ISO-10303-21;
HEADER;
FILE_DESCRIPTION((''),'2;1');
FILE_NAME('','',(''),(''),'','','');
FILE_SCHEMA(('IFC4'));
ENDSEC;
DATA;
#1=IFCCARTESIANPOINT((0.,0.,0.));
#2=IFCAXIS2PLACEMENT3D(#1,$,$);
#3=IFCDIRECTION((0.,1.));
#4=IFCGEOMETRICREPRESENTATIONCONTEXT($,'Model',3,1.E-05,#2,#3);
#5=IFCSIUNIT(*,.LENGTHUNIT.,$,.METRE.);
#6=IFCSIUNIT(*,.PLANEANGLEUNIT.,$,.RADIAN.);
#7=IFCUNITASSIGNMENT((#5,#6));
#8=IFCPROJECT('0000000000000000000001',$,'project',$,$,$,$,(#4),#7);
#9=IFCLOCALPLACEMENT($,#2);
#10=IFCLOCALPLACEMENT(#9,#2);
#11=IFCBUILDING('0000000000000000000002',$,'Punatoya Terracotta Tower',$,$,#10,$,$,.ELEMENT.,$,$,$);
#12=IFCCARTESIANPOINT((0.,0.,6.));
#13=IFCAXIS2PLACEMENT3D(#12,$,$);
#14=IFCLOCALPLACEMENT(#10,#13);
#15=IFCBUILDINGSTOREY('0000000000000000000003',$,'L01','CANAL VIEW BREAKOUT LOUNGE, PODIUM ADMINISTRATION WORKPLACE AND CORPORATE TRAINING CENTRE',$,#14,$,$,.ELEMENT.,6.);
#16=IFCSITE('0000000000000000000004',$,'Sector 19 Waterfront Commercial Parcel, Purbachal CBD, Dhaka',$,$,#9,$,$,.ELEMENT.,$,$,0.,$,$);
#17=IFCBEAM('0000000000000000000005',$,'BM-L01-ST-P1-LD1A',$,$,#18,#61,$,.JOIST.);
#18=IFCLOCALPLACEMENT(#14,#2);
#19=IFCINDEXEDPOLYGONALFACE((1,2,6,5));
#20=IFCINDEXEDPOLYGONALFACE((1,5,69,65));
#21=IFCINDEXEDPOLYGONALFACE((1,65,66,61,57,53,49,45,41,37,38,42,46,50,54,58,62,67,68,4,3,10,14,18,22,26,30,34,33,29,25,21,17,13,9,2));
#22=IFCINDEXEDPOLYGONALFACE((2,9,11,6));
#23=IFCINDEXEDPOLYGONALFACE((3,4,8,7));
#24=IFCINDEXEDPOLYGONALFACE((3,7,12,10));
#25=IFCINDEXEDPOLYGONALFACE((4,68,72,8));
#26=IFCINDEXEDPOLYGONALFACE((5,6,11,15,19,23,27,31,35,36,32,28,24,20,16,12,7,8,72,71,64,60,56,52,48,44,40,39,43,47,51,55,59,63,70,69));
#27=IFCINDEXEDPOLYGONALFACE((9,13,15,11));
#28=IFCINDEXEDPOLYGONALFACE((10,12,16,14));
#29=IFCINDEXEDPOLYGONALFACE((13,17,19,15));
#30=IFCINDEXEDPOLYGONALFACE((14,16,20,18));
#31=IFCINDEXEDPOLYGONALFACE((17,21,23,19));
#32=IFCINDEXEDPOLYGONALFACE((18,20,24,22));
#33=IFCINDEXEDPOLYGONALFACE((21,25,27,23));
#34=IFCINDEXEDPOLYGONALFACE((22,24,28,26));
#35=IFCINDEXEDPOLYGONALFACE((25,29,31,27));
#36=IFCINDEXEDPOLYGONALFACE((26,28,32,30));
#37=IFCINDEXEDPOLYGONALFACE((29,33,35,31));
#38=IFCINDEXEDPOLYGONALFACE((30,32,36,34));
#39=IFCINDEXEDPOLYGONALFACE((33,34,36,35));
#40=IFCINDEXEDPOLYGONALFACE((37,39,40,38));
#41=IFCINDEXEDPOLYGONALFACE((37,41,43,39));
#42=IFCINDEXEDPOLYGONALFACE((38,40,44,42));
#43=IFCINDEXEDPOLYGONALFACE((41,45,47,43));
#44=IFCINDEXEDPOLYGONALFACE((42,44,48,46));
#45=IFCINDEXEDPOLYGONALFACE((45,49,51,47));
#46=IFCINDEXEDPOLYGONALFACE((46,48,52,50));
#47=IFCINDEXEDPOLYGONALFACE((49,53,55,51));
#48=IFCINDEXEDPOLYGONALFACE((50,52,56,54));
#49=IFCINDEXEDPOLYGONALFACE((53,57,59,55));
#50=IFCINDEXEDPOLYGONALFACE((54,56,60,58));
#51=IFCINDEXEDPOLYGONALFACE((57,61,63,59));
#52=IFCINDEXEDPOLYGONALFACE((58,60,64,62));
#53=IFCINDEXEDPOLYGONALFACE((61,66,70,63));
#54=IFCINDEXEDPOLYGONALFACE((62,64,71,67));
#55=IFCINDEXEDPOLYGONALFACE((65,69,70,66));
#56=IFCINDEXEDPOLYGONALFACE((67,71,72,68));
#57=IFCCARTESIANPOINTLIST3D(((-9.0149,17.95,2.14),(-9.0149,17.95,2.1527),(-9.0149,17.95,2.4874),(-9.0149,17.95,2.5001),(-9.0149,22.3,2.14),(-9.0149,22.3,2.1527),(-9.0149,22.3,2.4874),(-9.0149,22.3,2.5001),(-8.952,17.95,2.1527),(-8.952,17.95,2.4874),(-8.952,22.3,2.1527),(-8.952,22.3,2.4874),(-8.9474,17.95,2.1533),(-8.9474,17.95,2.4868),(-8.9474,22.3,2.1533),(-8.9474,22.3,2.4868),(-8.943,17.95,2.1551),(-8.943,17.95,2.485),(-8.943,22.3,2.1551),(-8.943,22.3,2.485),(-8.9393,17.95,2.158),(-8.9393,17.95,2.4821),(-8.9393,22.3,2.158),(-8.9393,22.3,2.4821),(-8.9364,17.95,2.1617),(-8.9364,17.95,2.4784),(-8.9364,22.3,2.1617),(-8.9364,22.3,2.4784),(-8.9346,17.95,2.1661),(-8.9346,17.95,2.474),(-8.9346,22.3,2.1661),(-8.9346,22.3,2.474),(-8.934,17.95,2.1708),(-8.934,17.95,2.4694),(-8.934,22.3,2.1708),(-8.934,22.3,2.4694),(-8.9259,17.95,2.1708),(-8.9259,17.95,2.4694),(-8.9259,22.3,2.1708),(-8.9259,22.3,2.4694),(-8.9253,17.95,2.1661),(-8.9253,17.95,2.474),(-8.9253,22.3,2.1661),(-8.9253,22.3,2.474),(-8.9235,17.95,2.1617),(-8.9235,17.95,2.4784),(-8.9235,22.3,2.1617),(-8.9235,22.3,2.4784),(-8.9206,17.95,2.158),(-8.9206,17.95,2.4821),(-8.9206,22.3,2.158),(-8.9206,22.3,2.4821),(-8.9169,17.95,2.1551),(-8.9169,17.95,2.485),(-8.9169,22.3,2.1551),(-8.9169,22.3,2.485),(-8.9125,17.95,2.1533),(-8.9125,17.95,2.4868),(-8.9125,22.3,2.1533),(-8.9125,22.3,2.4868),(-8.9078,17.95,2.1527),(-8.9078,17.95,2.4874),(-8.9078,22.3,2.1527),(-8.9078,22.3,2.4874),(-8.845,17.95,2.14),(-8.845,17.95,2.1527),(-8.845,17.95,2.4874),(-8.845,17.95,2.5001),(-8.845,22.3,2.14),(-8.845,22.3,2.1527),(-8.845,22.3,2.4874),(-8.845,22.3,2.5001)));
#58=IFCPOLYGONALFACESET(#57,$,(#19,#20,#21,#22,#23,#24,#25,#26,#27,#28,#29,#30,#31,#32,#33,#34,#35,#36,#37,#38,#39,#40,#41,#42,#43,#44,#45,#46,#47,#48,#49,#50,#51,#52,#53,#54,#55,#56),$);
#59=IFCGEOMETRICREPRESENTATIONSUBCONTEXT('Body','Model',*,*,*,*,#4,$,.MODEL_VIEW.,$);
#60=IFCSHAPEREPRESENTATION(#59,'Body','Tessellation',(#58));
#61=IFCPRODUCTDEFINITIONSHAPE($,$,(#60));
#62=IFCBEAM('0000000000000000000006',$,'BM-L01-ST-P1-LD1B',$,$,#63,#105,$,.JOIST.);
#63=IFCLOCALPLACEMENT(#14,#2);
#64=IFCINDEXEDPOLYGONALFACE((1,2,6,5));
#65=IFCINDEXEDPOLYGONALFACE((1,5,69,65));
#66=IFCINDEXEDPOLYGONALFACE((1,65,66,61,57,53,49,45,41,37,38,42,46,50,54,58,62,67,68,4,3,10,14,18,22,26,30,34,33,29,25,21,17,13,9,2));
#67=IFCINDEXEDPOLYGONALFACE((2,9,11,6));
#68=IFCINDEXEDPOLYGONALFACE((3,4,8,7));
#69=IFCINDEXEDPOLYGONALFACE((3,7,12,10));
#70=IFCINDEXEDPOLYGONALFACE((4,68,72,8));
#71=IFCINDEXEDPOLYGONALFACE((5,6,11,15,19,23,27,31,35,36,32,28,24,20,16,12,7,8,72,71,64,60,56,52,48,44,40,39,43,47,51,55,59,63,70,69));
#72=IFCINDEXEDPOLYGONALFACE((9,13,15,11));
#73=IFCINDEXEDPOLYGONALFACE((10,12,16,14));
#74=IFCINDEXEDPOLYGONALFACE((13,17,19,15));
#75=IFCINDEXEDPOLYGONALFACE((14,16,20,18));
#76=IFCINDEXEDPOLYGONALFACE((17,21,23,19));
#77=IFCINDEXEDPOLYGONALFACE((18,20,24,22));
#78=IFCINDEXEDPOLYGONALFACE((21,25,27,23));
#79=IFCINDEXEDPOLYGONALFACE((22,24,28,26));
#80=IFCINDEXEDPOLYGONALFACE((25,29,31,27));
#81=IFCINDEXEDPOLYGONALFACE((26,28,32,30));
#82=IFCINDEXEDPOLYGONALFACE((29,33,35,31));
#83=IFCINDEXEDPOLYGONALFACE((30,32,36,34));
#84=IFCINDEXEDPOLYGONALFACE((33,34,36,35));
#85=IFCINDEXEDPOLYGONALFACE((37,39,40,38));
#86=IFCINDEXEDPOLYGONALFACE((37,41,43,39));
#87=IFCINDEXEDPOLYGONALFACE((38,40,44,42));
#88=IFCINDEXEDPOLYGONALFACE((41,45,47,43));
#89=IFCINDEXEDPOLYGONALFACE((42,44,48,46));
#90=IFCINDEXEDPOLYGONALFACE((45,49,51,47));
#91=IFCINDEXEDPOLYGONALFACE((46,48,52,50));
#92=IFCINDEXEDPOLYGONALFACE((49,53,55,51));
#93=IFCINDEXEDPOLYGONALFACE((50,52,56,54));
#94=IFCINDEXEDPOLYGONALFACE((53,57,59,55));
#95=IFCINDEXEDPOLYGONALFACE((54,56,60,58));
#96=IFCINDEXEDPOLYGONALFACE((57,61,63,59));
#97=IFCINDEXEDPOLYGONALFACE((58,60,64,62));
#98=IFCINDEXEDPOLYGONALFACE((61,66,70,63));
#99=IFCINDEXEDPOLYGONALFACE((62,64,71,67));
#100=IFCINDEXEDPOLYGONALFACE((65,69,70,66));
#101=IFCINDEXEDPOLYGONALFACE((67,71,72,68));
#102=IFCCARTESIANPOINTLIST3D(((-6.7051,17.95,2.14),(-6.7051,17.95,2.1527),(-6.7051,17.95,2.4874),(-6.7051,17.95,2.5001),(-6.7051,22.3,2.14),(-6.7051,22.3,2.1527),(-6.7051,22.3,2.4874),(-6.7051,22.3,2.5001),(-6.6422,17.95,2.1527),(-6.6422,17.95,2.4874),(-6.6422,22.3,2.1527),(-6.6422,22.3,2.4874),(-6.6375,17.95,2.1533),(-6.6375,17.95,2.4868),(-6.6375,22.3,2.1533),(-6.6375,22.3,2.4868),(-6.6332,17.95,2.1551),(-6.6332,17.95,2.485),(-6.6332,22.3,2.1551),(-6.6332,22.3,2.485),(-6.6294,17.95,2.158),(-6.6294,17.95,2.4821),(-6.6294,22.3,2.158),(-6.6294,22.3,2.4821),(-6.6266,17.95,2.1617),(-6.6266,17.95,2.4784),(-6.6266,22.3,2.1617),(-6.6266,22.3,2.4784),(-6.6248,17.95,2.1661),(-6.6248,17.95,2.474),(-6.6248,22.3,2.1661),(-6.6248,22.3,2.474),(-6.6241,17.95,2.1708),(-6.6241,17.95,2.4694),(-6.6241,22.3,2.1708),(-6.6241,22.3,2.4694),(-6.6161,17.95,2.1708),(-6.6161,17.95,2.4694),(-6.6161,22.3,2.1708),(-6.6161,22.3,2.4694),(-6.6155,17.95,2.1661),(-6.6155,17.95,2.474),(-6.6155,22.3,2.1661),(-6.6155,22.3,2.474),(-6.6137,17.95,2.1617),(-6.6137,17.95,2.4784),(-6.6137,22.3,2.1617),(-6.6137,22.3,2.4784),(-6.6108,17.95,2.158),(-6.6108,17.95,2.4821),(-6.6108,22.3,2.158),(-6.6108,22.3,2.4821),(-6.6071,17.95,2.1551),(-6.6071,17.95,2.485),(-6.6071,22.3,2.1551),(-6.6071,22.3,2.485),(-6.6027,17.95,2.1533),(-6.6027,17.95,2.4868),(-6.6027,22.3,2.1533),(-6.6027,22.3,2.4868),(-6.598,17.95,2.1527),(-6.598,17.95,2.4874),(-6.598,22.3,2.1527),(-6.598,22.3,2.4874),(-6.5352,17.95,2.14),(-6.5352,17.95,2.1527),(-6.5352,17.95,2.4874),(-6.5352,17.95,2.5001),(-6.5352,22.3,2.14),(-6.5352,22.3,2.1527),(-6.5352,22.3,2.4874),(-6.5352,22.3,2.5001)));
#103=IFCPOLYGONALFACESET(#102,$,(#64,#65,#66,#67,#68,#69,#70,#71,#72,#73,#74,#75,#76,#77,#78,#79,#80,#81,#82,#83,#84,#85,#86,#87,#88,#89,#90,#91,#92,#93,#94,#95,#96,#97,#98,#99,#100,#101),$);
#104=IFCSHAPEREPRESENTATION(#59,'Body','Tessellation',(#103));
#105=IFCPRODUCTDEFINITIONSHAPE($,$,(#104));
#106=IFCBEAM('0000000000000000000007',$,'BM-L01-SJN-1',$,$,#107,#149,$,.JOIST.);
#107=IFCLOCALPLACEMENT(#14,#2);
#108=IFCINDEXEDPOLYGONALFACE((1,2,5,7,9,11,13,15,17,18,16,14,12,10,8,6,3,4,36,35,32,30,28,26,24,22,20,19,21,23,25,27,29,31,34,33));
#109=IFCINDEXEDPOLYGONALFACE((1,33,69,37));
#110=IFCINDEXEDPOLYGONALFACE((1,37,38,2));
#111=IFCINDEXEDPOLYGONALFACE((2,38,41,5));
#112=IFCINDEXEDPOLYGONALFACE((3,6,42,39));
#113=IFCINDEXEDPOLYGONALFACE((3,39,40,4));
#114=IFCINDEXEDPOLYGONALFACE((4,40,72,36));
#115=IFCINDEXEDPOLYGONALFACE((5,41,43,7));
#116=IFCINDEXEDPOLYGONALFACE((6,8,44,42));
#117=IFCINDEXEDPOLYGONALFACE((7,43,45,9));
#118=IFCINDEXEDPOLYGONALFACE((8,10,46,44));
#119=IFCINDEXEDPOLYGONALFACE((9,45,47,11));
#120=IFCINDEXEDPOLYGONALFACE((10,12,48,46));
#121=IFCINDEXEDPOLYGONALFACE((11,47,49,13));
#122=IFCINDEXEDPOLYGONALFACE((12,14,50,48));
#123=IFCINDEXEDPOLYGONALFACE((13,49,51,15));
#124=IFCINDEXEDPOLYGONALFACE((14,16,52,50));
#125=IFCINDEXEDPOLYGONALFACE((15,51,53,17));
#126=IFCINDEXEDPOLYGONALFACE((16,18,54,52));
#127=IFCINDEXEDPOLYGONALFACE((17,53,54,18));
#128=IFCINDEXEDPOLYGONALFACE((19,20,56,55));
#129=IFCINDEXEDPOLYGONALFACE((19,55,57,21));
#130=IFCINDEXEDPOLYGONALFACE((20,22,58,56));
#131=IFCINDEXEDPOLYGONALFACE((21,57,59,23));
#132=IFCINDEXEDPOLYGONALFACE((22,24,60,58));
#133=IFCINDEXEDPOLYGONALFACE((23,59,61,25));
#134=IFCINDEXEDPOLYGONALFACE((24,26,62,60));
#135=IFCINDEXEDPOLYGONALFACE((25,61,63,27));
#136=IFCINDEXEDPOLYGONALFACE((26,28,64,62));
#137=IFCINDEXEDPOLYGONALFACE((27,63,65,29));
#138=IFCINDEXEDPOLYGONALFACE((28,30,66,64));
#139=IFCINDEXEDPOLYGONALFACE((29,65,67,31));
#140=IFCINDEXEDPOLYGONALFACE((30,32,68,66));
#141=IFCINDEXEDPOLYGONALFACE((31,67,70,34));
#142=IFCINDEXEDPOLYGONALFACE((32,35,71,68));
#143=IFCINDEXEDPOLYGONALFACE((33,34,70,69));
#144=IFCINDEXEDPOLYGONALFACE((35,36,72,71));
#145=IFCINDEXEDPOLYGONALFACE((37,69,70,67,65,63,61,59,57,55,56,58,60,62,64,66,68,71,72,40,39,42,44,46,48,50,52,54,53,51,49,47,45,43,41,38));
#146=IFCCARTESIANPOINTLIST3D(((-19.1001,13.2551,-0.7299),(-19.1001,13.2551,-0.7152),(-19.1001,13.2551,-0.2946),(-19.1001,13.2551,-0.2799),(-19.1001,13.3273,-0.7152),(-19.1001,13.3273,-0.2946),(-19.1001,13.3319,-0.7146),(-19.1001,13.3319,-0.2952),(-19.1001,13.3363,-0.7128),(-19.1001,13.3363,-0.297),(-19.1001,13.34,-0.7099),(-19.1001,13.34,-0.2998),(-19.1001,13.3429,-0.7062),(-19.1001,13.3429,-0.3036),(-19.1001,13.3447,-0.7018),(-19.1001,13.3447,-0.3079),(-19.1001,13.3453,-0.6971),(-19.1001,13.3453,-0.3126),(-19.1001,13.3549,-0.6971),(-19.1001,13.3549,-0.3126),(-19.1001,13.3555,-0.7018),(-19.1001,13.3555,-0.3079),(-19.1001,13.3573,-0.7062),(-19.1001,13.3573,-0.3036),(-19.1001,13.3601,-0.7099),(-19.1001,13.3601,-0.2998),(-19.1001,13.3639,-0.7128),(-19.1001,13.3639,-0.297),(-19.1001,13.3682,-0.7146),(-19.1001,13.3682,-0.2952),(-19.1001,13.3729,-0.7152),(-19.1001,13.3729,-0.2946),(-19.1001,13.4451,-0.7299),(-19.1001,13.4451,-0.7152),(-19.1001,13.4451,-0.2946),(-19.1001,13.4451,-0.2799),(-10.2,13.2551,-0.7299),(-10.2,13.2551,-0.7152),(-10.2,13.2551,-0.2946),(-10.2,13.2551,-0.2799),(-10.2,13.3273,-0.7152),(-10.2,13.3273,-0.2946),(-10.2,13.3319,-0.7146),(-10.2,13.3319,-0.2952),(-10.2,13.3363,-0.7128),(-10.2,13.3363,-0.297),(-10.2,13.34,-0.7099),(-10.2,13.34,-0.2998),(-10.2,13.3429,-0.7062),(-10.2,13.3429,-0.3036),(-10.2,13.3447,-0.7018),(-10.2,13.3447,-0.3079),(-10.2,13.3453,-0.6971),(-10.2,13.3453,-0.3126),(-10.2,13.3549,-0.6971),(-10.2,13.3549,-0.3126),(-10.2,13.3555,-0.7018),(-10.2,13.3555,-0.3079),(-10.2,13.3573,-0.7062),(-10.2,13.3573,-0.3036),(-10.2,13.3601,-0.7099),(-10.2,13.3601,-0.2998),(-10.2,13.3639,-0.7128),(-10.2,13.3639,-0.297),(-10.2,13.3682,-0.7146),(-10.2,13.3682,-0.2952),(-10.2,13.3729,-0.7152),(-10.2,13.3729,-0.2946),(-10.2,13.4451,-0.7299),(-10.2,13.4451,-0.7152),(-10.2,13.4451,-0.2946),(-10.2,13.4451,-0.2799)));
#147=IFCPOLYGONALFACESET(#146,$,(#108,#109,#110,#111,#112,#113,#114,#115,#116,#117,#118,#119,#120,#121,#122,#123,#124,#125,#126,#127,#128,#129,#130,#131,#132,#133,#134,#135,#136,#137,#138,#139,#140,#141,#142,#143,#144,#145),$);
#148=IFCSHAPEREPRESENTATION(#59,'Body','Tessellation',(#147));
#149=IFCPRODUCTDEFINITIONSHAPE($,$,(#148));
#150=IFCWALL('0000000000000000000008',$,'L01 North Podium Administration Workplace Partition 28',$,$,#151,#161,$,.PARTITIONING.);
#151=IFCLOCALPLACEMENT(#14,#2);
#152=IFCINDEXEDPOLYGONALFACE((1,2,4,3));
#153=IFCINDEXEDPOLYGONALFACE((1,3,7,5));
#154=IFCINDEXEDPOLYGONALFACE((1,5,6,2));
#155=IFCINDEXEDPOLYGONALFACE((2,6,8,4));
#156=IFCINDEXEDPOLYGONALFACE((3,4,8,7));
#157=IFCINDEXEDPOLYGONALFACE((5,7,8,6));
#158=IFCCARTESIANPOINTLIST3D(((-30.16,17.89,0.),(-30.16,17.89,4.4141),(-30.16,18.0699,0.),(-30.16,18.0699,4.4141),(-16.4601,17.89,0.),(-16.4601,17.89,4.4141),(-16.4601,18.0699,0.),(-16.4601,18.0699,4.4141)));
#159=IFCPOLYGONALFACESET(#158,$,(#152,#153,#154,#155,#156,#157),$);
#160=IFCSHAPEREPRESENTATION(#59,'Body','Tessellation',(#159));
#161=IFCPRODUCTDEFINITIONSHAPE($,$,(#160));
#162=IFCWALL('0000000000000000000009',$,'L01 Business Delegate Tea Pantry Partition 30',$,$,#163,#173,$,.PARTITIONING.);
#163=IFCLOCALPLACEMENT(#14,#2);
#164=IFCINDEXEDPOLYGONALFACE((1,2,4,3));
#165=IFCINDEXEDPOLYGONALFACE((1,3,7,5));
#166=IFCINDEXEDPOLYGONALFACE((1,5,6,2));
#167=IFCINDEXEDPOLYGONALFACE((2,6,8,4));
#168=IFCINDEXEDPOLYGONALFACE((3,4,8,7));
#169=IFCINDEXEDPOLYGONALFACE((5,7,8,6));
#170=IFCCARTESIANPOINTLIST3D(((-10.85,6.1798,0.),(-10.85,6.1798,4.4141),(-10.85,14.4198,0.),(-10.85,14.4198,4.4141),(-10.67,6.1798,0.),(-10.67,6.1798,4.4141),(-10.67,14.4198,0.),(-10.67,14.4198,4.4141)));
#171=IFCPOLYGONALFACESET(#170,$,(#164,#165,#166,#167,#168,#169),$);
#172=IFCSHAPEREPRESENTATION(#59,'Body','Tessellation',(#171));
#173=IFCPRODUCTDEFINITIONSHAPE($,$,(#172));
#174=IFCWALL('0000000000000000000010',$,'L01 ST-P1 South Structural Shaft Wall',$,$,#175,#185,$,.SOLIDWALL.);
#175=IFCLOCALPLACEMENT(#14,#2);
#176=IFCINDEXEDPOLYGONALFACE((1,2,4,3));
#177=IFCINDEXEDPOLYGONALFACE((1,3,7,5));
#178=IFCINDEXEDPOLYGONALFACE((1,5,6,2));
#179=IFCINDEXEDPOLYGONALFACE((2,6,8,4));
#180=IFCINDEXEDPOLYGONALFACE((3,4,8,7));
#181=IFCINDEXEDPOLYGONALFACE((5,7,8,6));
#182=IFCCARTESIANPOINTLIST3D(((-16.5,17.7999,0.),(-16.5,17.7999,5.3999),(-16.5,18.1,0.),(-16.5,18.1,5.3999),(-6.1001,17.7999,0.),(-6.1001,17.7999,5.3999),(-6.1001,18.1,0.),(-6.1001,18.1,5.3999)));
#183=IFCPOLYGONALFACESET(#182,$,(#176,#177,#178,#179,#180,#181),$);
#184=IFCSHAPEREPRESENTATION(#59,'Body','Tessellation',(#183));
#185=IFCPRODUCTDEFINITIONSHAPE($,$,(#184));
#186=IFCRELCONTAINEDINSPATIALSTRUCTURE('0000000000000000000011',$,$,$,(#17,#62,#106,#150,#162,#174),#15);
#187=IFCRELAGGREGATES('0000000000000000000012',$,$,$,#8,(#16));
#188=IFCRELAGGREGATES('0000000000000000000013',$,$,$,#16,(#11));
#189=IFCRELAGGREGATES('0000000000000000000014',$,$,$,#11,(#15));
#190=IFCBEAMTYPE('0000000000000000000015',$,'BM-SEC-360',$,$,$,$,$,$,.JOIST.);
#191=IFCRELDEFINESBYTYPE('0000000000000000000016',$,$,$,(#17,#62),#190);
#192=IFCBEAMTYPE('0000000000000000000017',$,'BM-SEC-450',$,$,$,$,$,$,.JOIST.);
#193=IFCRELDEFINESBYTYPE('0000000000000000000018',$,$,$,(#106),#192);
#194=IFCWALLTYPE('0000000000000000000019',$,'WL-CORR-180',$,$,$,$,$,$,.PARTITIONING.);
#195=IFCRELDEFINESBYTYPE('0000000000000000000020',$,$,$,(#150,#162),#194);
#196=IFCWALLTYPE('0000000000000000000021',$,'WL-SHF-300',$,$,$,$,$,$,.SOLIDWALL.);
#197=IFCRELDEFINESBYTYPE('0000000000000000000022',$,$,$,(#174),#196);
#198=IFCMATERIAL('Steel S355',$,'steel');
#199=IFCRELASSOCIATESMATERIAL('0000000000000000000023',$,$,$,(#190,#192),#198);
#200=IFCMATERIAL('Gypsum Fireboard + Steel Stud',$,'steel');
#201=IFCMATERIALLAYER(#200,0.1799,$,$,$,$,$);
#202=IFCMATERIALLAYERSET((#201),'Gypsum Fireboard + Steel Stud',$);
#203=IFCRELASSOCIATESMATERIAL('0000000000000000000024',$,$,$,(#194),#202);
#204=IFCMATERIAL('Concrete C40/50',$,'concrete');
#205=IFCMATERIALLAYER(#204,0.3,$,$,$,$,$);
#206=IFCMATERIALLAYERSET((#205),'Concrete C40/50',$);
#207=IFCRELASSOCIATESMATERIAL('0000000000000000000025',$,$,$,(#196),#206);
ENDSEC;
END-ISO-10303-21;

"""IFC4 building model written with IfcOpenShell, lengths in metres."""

from ifc_helpers import new_model, si_unit, direction, frame, frame_2d, origin, origin_2d, place, context, subcontext, project, spatial, rectangle, i_section, extrude, material, layer, layer_set, material_profile, profile_set, type_object, element, save


model = new_model("IFC4")

# Units and contexts
model_context = context("Model", 3, precision=1e-05, world=origin(), true_north=direction((0.0, 1.0)))
body_context = subcontext(model_context, "Body", "Model", "MODEL_VIEW")
ifc_project = project(units=[si_unit("LENGTHUNIT", "METRE"), si_unit("PLANEANGLEUNIT", "RADIAN")], contexts=[model_context])

# Site, building, storey
site_placement = place(None, origin())
site = spatial("IfcSite", under=ifc_project, at=site_placement, Name="Sector 19 Waterfront Commercial Parcel, Purbachal CBD, Dhaka", CompositionType="ELEMENT", RefElevation=0.0)
building_placement = place(site_placement, origin())
building = spatial("IfcBuilding", under=site, at=building_placement, Name="Punatoya Terracotta Tower", CompositionType="ELEMENT")
storey_placement = place(building_placement, frame((0.0, 0.0, 6.0)))
storey = spatial("IfcBuildingStorey", under=building, at=storey_placement, Name="L01", Description="CANAL VIEW BREAKOUT LOUNGE, PODIUM ADMINISTRATION WORKPLACE AND CORPORATE TRAINING CENTRE", CompositionType="ELEMENT", Elevation=6.0)

# Beams
ifc_material_1 = material(Name="Steel S355", Category="steel")
ifc_material_profile_1 = material_profile(ifc_material_1, i_section(OverallWidth=0.1699, OverallDepth=0.3601, WebThickness=0.0081, FlangeThickness=0.0127, FilletRadius=0.0181, at=origin_2d()))
ifc_profile_set_1 = profile_set([ifc_material_profile_1], Name="Steel S355")
beam_type_1 = type_object("IfcBeamType", Name="BM-SEC-360", PredefinedType="JOIST", material=ifc_profile_set_1)
for number, where, z_axis, x_axis, name in (
    (1, (-8.9299, 17.95, 2.3201), (0.0, 1.0, 0.0), (-1.0, 0.0, 0.0), "BM-L01-ST-P1-LD1A"),
    (2, (-6.6201, 17.95, 2.3201), (0.0, 1.0, 0.0), (-1.0, 0.0, 0.0), "BM-L01-ST-P1-LD1B"),
):
    element("IfcBeam", number, at=place(storey_placement, frame(where, z_axis=z_axis, x_axis=x_axis)), inside=storey, type_object=beam_type_1, Name=name, PredefinedType="JOIST", context=body_context, shape_type="SweptSolid", body=[
        extrude(i_section(OverallWidth=0.1699, OverallDepth=0.3601, WebThickness=0.0081, FlangeThickness=0.0127, FilletRadius=0.0181, at=origin_2d()), origin(), (0.0, 0.0, 1.0), 4.3501),
    ])
ifc_material_profile_2 = material_profile(ifc_material_1, i_section(OverallWidth=0.1899, OverallDepth=0.45, WebThickness=0.0095, FlangeThickness=0.0146, FilletRadius=0.0181, at=origin_2d()))
ifc_profile_set_2 = profile_set([ifc_material_profile_2], Name="Steel S355")
beam_type_2 = type_object("IfcBeamType", Name="BM-SEC-450", PredefinedType="JOIST", material=ifc_profile_set_2)
beam_1_placement = place(storey_placement, frame((-19.1001, 13.3501, -0.5049), z_axis=(1.0, 0.0, 0.0), x_axis=(0.0, 1.0, 0.0)))
element("IfcBeam", 3, at=beam_1_placement, inside=storey, type_object=beam_type_2, Name="BM-L01-SJN-1", PredefinedType="JOIST", context=body_context, shape_type="SweptSolid", body=[
    extrude(i_section(OverallWidth=0.1899, OverallDepth=0.45, WebThickness=0.0095, FlangeThickness=0.0146, FilletRadius=0.0181, at=origin_2d()), origin(), (0.0, 0.0, 1.0), 8.9001),
])

# Walls
ifc_material_2 = material(Name="Gypsum Fireboard + Steel Stud", Category="steel")
ifc_layer_1 = layer(ifc_material_2, 0.1799)
ifc_layer_set_1 = layer_set([ifc_layer_1], Name="Gypsum Fireboard + Steel Stud")
wall_type_1 = type_object("IfcWallType", Name="WL-CORR-180", PredefinedType="PARTITIONING", material=ifc_layer_set_1)
wall_1_placement = place(storey_placement, frame((-16.46, 17.98, 0.0), z_axis=(0.0, 0.0, 1.0), x_axis=(-1.0, 0.0, 0.0)))
element("IfcWall", 4, at=wall_1_placement, inside=storey, type_object=wall_type_1, Name="L01 North Podium Administration Workplace Partition 28", PredefinedType="PARTITIONING", context=body_context, shape_type="SweptSolid", body=[
    extrude(rectangle(XDim=13.7, YDim=0.1799, at=frame_2d((6.8501, 0.0))), origin(), (0.0, 0.0, 1.0), 4.4141),
])
wall_2_placement = place(storey_placement, frame((-10.76, 14.4199, 0.0), z_axis=(0.0, 0.0, 1.0), x_axis=(0.0, -1.0, 0.0)))
element("IfcWall", 5, at=wall_2_placement, inside=storey, type_object=wall_type_1, Name="L01 Business Delegate Tea Pantry Partition 30", PredefinedType="PARTITIONING", context=body_context, shape_type="SweptSolid", body=[
    extrude(rectangle(XDim=8.24, YDim=0.1799, at=frame_2d((4.1201, 0.0))), origin(), (0.0, 0.0, 1.0), 4.4141),
])
ifc_material_3 = material(Name="Concrete C40/50", Category="concrete")
ifc_layer_2 = layer(ifc_material_3, 0.3)
ifc_layer_set_2 = layer_set([ifc_layer_2], Name="Concrete C40/50")
wall_type_2 = type_object("IfcWallType", Name="WL-SHF-300", PredefinedType="SOLIDWALL", material=ifc_layer_set_2)
wall_3_placement = place(storey_placement, frame((-16.5, 17.95, 0.0), z_axis=(0.0, 0.0, 1.0), x_axis=(1.0, 0.0, 0.0)))
element("IfcWall", 6, at=wall_3_placement, inside=storey, type_object=wall_type_2, Name="L01 ST-P1 South Structural Shaft Wall", PredefinedType="SOLIDWALL", context=body_context, shape_type="SweptSolid", body=[
    extrude(rectangle(XDim=10.3999, YDim=0.3, at=frame_2d((5.2, 0.0))), origin(), (0.0, 0.0, 1.0), 5.3999),
])

save(model, "model.ifc")
